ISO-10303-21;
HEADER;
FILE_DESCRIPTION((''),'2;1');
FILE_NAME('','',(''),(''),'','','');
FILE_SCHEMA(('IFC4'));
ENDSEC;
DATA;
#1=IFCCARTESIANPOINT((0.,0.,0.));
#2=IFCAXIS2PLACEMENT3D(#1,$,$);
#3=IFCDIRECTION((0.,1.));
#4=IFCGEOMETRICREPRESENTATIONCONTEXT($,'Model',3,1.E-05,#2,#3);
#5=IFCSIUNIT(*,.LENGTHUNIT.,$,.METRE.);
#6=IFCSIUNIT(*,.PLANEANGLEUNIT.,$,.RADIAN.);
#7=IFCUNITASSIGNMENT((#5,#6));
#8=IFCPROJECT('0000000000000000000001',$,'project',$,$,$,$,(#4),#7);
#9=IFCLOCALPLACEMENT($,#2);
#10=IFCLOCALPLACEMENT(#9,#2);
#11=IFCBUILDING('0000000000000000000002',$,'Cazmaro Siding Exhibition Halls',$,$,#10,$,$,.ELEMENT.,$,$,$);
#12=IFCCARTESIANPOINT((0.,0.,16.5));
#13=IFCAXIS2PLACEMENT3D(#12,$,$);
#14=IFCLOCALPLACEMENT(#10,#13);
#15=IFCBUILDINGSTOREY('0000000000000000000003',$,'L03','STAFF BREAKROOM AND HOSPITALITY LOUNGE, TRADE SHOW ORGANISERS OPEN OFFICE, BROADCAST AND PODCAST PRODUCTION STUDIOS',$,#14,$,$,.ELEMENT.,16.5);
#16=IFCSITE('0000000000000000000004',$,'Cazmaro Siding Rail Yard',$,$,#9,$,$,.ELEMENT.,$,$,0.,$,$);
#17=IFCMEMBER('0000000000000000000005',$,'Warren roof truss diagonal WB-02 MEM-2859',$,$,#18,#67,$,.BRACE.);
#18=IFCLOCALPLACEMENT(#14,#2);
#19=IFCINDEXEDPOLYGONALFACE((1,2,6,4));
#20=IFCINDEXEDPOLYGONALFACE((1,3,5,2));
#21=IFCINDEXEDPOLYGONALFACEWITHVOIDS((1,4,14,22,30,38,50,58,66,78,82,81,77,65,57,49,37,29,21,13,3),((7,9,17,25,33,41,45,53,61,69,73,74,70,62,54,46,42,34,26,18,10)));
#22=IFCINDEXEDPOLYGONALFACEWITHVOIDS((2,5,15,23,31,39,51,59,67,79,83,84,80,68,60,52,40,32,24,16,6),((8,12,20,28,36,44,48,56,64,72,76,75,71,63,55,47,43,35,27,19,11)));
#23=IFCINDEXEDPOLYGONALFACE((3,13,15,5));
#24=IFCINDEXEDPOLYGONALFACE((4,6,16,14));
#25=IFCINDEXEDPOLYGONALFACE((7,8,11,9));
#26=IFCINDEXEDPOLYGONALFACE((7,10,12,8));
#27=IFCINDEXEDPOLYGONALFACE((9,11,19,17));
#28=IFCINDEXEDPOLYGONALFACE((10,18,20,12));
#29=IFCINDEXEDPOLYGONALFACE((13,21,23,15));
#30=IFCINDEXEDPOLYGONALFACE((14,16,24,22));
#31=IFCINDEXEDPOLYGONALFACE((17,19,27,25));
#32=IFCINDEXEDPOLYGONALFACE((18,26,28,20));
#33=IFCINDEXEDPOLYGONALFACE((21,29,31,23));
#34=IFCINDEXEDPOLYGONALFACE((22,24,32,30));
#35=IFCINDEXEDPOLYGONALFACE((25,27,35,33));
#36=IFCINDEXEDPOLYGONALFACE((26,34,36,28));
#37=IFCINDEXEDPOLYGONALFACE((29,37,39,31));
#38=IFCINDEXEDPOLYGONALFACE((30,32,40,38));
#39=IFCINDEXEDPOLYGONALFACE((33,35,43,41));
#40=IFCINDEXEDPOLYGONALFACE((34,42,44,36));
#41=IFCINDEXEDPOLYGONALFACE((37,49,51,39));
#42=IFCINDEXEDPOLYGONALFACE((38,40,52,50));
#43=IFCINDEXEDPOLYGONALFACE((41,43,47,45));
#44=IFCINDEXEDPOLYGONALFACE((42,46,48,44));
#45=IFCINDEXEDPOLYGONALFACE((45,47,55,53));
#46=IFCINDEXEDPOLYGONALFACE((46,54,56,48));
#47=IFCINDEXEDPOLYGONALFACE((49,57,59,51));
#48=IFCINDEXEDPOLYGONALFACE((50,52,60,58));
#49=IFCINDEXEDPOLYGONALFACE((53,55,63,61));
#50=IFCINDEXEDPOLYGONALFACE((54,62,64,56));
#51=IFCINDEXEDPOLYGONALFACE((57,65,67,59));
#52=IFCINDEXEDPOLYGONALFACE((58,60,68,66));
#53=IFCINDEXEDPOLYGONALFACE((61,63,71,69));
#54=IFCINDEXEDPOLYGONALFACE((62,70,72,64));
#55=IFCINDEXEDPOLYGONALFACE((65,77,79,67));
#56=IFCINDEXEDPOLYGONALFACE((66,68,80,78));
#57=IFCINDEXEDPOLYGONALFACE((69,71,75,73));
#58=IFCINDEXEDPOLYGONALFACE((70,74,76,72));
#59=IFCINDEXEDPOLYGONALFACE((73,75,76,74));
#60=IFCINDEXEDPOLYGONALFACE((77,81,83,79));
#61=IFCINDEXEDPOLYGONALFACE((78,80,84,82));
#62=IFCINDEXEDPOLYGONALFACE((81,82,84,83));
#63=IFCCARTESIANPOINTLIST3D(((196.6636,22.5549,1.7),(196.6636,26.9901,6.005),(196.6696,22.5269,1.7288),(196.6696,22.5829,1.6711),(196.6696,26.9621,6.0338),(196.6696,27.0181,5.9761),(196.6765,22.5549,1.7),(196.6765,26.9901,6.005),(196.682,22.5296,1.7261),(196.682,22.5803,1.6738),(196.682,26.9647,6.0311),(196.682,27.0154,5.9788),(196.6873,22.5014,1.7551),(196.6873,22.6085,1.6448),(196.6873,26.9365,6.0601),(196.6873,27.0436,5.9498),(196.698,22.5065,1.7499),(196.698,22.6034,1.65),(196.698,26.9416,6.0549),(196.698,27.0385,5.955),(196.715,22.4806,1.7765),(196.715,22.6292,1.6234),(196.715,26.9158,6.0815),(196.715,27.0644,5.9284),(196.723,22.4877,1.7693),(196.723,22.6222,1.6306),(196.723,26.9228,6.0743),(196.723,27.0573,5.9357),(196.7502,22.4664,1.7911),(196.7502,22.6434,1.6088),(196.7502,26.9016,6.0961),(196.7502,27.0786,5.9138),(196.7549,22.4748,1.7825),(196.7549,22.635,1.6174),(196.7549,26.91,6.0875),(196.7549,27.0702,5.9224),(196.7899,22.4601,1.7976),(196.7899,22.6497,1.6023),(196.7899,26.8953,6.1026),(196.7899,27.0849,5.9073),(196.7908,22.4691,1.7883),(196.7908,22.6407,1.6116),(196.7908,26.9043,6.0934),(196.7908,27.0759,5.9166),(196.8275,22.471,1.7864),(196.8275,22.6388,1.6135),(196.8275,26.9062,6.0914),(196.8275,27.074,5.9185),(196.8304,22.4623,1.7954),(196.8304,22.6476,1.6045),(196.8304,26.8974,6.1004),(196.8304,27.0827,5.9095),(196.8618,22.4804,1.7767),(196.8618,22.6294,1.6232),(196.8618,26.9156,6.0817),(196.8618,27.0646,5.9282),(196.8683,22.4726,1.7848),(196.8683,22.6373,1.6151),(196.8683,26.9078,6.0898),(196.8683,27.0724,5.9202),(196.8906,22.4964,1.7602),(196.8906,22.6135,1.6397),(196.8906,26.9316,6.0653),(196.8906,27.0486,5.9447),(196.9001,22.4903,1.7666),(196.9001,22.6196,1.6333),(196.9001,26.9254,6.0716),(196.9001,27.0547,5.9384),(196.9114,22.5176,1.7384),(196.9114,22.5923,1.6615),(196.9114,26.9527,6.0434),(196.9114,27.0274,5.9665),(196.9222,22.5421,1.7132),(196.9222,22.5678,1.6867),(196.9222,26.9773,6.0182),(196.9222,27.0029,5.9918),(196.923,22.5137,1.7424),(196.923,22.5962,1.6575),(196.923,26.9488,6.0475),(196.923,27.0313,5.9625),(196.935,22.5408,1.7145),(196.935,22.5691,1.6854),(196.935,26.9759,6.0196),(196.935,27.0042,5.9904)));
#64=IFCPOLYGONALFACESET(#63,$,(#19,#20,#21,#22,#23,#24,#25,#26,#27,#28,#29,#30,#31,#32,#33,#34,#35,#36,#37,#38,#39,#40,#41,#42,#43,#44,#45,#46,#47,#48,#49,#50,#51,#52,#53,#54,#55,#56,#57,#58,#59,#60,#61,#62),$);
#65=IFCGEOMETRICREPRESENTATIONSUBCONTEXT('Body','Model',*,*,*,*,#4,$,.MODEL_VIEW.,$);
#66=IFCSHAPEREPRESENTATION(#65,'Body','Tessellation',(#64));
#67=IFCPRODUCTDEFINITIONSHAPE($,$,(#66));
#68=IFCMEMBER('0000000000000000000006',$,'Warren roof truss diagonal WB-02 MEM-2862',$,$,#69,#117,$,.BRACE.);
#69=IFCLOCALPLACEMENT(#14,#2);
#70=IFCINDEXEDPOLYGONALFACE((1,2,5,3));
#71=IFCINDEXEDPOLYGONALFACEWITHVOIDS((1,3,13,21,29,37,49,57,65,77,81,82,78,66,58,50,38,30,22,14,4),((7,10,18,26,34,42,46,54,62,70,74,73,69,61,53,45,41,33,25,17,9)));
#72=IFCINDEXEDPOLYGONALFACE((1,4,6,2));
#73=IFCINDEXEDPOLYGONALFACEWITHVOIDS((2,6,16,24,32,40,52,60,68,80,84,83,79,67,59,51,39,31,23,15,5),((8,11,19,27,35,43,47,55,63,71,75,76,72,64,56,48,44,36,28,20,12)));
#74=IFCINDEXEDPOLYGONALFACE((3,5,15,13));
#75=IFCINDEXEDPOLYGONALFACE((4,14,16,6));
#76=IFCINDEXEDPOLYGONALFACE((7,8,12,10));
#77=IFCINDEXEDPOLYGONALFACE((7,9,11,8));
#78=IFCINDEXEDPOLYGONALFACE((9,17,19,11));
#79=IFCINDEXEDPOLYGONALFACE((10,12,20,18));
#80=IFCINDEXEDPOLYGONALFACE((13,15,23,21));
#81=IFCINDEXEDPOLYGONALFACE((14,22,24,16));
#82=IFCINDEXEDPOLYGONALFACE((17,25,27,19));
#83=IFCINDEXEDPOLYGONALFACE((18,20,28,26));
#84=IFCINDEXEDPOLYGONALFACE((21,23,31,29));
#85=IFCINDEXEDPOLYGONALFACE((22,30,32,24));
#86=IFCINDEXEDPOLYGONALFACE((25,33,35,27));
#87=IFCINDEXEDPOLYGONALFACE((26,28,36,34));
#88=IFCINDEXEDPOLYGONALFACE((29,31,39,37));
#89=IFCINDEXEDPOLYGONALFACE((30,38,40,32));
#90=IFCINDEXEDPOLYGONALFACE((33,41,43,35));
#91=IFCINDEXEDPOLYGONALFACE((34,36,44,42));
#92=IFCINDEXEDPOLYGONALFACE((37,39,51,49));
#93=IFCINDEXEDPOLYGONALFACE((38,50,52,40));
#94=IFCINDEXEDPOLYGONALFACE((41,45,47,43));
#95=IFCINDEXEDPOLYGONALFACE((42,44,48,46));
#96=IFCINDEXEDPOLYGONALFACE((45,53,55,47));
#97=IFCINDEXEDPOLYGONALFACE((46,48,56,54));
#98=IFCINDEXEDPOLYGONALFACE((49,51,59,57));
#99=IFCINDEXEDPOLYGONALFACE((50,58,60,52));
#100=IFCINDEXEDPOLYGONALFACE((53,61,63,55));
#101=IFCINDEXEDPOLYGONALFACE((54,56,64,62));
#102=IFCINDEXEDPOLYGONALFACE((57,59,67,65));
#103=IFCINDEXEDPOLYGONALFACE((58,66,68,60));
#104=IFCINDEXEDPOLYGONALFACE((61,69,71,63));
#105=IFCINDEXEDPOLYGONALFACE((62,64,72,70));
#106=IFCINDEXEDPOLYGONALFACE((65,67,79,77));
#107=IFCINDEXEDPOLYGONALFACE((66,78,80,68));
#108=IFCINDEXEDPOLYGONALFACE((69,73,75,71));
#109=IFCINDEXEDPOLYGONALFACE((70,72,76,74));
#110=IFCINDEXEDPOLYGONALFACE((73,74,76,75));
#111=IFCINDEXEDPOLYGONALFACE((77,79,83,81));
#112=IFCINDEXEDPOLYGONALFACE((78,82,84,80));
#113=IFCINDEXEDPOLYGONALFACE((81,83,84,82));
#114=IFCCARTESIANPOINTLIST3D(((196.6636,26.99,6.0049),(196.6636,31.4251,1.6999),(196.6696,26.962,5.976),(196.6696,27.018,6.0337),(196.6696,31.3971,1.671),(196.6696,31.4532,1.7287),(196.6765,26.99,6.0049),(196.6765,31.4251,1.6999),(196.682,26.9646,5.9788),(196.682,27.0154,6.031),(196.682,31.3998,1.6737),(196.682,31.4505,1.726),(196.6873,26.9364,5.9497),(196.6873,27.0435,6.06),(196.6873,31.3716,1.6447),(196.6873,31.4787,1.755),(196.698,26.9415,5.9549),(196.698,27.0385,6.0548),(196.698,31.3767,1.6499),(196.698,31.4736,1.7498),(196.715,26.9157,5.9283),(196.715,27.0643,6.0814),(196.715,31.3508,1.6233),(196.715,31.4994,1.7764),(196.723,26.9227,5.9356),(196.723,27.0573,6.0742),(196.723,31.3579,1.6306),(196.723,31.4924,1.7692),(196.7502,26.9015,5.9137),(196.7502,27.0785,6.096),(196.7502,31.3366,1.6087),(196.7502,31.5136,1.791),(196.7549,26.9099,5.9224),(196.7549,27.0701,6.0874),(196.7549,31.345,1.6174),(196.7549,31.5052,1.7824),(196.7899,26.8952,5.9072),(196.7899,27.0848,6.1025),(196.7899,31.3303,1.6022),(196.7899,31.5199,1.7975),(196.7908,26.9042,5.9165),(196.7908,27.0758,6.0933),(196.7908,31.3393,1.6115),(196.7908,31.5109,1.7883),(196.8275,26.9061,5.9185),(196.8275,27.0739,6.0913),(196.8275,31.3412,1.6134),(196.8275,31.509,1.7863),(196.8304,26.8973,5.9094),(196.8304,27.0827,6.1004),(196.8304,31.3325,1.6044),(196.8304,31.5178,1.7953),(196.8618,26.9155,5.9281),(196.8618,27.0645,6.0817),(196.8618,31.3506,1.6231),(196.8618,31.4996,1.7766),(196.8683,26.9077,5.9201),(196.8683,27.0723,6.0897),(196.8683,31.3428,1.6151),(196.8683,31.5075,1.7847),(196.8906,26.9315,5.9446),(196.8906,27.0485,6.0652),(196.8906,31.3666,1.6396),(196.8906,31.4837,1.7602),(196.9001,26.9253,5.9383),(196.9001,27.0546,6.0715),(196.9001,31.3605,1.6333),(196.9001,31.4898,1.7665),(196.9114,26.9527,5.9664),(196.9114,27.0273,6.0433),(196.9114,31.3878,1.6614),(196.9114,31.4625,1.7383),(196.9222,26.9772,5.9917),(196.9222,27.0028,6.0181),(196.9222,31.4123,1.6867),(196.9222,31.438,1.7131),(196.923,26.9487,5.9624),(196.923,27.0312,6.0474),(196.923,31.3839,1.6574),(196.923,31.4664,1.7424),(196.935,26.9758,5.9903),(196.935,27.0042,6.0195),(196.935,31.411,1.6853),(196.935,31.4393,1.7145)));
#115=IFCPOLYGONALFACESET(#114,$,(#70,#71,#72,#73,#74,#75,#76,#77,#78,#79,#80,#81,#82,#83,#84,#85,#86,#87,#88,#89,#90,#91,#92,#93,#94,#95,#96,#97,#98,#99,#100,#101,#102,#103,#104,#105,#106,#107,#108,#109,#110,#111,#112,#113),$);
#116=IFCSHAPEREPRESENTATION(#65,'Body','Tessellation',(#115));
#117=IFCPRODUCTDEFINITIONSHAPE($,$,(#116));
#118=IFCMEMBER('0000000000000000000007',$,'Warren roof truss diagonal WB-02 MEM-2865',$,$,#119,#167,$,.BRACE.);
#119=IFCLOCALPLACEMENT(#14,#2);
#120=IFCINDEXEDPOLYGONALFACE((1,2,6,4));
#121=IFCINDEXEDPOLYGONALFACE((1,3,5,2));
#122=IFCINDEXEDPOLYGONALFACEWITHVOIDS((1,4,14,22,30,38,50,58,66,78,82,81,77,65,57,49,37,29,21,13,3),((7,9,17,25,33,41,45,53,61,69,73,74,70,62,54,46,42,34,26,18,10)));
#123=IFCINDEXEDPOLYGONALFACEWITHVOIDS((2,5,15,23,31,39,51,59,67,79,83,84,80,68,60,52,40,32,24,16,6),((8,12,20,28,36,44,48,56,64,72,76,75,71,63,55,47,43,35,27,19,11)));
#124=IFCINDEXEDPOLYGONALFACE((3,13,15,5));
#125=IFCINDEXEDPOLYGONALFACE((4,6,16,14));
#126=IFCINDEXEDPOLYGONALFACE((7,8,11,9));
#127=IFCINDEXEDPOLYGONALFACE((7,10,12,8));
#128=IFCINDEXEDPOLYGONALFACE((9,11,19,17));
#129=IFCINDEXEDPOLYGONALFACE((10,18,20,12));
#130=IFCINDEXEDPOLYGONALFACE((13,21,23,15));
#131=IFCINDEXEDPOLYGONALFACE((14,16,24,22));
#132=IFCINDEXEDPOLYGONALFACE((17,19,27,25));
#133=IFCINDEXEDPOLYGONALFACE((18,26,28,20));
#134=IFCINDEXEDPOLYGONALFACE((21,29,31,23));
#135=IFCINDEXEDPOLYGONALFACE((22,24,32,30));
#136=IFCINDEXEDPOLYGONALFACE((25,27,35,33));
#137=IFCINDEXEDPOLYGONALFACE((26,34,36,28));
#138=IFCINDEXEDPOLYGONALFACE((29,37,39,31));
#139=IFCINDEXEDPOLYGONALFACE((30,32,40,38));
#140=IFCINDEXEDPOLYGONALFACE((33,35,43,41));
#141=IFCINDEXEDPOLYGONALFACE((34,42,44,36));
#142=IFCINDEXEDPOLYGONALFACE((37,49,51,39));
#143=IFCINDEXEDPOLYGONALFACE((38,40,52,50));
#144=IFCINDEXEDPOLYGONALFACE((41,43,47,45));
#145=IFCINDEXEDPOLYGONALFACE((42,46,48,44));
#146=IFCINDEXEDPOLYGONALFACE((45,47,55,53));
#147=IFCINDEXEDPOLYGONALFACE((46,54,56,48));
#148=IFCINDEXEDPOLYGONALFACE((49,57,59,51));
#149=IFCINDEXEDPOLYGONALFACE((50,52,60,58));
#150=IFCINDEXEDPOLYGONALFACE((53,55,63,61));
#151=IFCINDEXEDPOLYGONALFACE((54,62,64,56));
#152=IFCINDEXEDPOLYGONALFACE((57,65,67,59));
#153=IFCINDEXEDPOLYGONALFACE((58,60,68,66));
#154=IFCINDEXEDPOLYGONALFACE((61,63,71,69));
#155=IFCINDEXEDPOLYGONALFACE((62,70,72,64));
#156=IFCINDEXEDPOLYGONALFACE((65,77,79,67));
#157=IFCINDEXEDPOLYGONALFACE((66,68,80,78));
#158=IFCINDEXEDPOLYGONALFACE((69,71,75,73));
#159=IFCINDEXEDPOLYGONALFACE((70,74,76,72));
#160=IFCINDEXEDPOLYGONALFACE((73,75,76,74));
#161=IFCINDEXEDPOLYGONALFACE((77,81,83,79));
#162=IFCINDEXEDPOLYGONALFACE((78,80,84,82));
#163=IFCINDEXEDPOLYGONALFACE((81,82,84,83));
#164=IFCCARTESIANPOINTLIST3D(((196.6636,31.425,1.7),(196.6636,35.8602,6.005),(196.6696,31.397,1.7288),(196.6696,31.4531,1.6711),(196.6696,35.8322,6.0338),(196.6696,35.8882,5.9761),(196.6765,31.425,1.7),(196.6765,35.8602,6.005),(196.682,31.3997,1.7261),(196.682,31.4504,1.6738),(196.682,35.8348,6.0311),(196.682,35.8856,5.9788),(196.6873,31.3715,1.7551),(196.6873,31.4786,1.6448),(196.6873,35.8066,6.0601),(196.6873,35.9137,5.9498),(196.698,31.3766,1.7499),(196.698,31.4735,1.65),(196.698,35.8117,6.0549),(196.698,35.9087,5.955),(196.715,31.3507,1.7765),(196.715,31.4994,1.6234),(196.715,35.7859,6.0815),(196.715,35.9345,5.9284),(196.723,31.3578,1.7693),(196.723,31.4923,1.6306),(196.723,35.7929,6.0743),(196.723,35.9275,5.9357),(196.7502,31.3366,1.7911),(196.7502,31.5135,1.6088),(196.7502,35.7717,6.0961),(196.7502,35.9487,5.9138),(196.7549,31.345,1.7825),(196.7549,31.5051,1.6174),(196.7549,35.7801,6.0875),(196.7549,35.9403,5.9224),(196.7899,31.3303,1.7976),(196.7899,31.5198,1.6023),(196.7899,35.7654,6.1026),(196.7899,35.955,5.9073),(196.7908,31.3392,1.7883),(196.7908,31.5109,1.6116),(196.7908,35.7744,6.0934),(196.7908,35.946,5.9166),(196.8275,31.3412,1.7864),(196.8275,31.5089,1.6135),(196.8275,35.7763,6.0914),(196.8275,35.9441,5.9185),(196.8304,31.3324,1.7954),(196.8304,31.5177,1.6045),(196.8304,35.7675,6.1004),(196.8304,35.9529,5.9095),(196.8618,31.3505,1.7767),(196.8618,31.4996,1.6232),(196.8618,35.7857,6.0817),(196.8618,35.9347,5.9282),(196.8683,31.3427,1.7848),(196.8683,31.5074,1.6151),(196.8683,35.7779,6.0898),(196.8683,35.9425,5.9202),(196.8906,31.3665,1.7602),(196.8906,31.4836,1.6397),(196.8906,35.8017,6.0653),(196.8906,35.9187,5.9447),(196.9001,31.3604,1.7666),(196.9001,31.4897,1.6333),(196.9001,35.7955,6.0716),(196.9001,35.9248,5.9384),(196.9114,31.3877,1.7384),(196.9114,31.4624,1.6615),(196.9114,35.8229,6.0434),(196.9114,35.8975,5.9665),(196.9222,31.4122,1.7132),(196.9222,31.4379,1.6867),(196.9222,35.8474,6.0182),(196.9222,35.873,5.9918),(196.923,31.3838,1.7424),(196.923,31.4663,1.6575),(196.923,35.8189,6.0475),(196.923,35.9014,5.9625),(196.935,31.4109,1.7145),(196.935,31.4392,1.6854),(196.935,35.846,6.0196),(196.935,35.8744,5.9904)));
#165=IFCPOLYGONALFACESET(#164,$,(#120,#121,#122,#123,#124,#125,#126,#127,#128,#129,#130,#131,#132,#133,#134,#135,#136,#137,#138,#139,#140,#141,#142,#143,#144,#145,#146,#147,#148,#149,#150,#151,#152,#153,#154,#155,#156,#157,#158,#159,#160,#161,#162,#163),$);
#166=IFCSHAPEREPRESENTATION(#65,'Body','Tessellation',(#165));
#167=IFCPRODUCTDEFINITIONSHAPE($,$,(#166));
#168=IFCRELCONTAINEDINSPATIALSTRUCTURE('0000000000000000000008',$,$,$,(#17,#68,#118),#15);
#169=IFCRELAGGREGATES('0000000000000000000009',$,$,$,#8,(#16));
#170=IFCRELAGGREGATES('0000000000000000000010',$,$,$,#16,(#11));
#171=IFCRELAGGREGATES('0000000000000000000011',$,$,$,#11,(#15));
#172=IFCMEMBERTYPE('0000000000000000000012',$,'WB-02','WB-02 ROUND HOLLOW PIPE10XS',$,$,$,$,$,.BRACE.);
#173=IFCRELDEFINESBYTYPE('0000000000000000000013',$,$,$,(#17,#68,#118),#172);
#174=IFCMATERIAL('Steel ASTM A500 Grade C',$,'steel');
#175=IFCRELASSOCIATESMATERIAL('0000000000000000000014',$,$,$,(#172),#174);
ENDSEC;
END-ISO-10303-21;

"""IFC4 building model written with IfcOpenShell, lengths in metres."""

from ifc_helpers import new_model, si_unit, direction, frame, origin, origin_2d, place, context, subcontext, project, spatial, hollow_circle, extrude, material, material_profile, profile_set, type_object, element, save


model = new_model("IFC4")

# Units and contexts
model_context = context("Model", 3, precision=1e-05, world=origin(), true_north=direction((0.0, 1.0)))
body_context = subcontext(model_context, "Body", "Model", "MODEL_VIEW")
ifc_project = project(units=[si_unit("LENGTHUNIT", "METRE"), si_unit("PLANEANGLEUNIT", "RADIAN")], contexts=[model_context])

# Site, building, storey
site_placement = place(None, origin())
site = spatial("IfcSite", under=ifc_project, at=site_placement, Name="Cazmaro Siding Rail Yard", CompositionType="ELEMENT", RefElevation=0.0)
building_placement = place(site_placement, origin())
building = spatial("IfcBuilding", under=site, at=building_placement, Name="Cazmaro Siding Exhibition Halls", CompositionType="ELEMENT")
storey_placement = place(building_placement, frame((0.0, 0.0, 16.5)))
storey = spatial("IfcBuildingStorey", under=building, at=storey_placement, Name="L03", Description="STAFF BREAKROOM AND HOSPITALITY LOUNGE, TRADE SHOW ORGANISERS OPEN OFFICE, BROADCAST AND PODCAST PRODUCTION STUDIOS", CompositionType="ELEMENT", Elevation=16.5)

# Members
ifc_material_1 = material(Name="Steel ASTM A500 Grade C", Category="steel")
ifc_material_profile_1 = material_profile(ifc_material_1, hollow_circle(Radius=0.1365, WallThickness=0.0129, at=origin_2d()), Name="PIPE10XS")
ifc_profile_set_1 = profile_set([ifc_material_profile_1], Name="Steel ASTM A500 Grade C")
member_type_1 = type_object("IfcMemberType", Name="WB-02", Description="WB-02 ROUND HOLLOW PIPE10XS", PredefinedType="BRACE", material=ifc_profile_set_1)
for number, where, z_axis, x_axis, name in (
    (1, (196.8, 22.5549, 1.7), (0.0, 0.717555, 0.696502), (-1.0, 0.0, 0.0), "Warren roof truss diagonal WB-02 MEM-2859"),
    (2, (196.8, 26.99, 6.0049), (0.0, 0.717555, -0.696502), (-1.0, 0.0, 0.0), "Warren roof truss diagonal WB-02 MEM-2862"),
    (3, (196.8, 31.425, 1.7), (0.0, 0.717555, 0.696502), (-1.0, 0.0, 0.0), "Warren roof truss diagonal WB-02 MEM-2865"),
):
    element("IfcMember", number, at=place(storey_placement, frame(where, z_axis=z_axis, x_axis=x_axis)), inside=storey, type_object=member_type_1, Name=name, PredefinedType="BRACE", context=body_context, shape_type="SweptSolid", body=[
        extrude(hollow_circle(Radius=0.1365, WallThickness=0.0129, at=origin_2d()), origin(), (0.0, 0.0, 1.0), 6.1809),
    ])

save(model, "model.ifc")
